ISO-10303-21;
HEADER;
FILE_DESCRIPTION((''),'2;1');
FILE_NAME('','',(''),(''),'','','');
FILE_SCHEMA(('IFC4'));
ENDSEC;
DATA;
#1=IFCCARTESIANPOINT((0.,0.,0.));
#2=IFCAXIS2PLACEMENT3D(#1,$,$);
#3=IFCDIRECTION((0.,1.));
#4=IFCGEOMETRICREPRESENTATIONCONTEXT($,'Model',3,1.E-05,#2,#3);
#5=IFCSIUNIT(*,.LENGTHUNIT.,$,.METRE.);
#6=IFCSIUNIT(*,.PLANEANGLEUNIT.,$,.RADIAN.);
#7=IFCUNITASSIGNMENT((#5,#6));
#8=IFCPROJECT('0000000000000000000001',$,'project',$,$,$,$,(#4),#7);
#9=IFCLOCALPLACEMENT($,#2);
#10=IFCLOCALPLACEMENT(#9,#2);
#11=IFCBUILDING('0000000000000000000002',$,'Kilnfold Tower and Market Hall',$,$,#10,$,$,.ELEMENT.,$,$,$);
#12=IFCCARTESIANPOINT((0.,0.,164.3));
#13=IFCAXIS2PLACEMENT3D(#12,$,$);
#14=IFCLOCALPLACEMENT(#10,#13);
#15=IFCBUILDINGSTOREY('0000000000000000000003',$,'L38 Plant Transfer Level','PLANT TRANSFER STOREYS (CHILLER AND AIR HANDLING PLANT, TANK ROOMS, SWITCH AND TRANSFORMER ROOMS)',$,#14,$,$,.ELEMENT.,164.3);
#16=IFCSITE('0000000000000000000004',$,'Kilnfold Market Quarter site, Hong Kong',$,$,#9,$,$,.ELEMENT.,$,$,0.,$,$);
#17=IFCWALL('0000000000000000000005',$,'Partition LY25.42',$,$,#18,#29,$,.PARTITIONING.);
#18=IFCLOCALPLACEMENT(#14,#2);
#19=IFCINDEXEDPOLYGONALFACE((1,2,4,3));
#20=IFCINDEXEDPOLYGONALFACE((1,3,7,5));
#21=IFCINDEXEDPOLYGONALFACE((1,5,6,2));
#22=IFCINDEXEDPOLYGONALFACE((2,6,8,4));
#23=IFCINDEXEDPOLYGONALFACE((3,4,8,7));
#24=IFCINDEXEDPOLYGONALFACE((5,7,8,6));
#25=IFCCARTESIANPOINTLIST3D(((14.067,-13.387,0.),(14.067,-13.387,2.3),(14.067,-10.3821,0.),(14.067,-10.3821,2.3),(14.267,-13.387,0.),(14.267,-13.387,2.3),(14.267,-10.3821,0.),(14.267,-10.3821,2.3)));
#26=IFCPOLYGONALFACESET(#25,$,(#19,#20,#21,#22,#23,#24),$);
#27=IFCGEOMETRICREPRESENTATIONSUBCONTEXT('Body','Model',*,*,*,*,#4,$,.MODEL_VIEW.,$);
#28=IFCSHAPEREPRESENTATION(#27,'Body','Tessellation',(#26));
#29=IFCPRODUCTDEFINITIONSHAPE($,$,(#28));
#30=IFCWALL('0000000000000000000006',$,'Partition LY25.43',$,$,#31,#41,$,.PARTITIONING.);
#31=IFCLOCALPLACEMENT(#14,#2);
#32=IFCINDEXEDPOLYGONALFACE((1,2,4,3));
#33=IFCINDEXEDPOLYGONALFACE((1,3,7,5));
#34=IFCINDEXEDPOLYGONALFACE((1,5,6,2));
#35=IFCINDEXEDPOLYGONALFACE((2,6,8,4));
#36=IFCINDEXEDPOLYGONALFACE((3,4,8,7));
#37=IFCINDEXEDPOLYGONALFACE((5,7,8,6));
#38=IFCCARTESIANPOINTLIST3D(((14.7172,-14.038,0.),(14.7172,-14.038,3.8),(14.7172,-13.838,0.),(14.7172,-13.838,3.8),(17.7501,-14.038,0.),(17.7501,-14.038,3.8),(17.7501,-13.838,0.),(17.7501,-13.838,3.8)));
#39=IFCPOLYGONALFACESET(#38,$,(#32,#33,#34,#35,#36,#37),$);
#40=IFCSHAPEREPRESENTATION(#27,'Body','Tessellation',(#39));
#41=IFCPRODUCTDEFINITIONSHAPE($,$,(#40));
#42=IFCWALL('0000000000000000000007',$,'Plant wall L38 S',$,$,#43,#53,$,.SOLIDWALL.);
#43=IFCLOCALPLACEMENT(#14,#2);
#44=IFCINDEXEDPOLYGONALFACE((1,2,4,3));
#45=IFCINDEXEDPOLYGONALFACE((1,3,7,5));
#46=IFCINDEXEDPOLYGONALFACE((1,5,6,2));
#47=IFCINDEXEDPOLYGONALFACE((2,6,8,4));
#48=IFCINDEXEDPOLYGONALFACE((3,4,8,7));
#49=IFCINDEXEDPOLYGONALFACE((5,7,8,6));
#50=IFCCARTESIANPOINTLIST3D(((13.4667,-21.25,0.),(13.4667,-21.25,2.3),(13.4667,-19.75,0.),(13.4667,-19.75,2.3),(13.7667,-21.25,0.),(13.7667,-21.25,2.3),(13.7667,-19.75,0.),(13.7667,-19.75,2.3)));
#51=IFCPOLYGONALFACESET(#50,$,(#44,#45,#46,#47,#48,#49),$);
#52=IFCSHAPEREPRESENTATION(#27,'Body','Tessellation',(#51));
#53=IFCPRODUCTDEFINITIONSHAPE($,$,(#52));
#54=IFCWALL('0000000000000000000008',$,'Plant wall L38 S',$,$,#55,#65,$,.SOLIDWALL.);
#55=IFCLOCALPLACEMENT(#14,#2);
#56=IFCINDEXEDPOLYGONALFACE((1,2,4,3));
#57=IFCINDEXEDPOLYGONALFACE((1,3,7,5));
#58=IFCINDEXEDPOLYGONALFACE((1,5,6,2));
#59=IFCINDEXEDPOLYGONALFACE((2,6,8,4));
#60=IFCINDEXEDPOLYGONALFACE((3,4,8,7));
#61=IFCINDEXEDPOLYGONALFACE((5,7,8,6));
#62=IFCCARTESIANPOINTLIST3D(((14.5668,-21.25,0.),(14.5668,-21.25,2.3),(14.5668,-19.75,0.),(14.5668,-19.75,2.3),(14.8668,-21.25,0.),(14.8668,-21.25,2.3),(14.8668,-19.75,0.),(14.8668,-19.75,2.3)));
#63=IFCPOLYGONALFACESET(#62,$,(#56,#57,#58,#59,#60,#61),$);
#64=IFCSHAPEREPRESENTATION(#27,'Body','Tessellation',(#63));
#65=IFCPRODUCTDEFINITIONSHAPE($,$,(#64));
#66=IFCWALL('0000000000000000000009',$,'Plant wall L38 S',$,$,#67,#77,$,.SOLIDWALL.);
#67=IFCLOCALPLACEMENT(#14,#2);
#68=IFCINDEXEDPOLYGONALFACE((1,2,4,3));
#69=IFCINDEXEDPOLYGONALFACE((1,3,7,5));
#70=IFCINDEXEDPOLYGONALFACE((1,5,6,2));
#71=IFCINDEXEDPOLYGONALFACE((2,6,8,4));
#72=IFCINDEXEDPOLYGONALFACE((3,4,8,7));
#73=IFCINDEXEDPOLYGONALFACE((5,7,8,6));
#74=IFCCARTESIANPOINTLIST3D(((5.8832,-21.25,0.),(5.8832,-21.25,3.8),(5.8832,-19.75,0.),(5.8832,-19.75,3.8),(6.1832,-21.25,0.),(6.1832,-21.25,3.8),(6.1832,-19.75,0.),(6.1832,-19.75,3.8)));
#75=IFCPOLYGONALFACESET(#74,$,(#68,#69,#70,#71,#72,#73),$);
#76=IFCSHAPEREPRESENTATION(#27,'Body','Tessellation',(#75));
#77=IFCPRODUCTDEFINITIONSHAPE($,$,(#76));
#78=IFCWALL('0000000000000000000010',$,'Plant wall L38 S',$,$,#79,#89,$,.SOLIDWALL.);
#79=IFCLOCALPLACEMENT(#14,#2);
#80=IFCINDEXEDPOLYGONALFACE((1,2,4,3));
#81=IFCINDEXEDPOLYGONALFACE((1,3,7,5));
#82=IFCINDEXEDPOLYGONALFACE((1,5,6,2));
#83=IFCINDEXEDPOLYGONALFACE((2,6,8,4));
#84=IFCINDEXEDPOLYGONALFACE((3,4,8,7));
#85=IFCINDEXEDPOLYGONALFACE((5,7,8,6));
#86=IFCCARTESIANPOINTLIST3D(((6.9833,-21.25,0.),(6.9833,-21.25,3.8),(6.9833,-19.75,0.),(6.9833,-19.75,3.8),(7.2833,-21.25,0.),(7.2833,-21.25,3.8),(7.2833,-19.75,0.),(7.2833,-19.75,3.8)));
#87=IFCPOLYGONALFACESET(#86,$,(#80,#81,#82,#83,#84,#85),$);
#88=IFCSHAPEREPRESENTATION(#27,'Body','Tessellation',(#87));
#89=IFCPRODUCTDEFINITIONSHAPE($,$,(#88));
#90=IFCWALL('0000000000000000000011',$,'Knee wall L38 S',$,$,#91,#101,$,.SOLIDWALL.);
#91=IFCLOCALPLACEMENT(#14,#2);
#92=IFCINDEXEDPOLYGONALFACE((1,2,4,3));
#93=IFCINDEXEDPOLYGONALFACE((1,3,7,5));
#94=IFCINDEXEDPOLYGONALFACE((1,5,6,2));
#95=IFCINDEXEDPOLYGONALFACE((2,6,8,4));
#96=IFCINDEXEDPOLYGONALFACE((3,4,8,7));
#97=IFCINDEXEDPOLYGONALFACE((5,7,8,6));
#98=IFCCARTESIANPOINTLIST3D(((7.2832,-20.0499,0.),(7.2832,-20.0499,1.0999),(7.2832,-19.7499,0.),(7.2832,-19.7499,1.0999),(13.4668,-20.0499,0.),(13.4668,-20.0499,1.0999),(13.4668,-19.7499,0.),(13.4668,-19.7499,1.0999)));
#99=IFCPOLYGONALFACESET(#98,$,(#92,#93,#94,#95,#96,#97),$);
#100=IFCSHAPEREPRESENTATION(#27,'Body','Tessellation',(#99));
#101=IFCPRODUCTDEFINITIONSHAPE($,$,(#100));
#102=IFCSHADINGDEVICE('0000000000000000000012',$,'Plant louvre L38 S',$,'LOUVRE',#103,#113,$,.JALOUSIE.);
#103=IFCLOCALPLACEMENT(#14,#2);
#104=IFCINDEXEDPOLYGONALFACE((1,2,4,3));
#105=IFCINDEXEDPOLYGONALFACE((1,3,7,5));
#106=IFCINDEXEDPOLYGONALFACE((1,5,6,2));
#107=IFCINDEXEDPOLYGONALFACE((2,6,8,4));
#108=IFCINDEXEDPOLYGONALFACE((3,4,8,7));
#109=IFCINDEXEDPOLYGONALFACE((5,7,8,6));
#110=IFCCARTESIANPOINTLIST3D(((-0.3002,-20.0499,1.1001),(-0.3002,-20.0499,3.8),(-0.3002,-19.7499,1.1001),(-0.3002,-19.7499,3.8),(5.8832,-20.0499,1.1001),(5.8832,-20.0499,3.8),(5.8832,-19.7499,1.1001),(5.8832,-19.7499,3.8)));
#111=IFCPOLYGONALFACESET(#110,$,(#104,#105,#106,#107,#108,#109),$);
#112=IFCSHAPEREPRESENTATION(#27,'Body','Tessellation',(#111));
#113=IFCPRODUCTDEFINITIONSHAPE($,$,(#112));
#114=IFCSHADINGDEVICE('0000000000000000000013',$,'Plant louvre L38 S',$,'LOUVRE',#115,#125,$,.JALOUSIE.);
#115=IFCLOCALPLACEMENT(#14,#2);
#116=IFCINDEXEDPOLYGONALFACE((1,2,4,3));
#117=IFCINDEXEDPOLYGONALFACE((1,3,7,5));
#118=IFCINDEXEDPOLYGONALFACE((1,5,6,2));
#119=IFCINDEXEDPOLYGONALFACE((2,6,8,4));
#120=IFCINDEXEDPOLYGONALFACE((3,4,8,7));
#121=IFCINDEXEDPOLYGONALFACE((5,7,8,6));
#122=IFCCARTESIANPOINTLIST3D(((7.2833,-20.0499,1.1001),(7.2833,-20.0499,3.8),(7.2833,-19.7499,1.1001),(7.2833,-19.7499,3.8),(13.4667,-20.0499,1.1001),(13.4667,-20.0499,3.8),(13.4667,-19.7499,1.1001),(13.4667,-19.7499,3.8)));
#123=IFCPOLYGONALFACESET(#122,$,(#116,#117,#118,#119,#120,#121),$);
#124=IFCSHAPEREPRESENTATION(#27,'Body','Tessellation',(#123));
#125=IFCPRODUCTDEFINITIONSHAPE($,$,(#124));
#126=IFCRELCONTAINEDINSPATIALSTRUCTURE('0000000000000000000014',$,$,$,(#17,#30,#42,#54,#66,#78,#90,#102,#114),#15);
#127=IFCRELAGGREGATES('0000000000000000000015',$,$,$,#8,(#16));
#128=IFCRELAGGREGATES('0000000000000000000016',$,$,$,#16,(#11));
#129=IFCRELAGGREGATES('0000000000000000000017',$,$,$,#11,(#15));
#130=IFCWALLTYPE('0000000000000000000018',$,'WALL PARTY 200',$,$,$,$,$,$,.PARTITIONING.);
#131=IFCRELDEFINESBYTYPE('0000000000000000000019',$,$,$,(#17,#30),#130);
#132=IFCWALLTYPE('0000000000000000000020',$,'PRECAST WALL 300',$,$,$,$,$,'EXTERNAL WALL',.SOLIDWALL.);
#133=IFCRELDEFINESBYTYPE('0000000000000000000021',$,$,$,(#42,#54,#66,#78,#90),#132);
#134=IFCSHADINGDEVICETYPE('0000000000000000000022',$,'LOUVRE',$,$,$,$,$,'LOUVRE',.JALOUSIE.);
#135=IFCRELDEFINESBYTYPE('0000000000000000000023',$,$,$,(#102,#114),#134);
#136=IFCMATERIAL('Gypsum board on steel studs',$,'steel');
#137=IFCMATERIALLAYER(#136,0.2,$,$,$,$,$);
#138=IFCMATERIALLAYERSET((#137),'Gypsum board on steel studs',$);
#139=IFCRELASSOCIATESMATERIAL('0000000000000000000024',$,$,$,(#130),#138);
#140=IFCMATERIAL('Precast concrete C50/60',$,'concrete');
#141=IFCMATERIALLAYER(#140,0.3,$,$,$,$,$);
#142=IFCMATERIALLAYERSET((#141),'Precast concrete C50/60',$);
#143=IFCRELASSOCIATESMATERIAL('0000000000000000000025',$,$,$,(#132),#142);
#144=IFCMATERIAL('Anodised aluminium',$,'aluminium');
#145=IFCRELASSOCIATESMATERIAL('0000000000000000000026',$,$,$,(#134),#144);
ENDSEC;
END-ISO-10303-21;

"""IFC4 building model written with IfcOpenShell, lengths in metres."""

from ifc_helpers import new_model, si_unit, direction, frame, frame_2d, origin, origin_2d, place, context, subcontext, project, spatial, rectangle, extrude, source, transform, mapped, material, layer, layer_set, type_object, element, save


model = new_model("IFC4")

# Units and contexts
model_context = context("Model", 3, precision=1e-05, world=origin(), true_north=direction((0.0, 1.0)))
body_context = subcontext(model_context, "Body", "Model", "MODEL_VIEW")
ifc_project = project(units=[si_unit("LENGTHUNIT", "METRE"), si_unit("PLANEANGLEUNIT", "RADIAN")], contexts=[model_context])

# Site, building, storey
site_placement = place(None, origin())
site = spatial("IfcSite", under=ifc_project, at=site_placement, Name="Kilnfold Market Quarter site, Hong Kong", CompositionType="ELEMENT", RefElevation=0.0)
building_placement = place(site_placement, origin())
building = spatial("IfcBuilding", under=site, at=building_placement, Name="Kilnfold Tower and Market Hall", CompositionType="ELEMENT")
storey_placement = place(building_placement, frame((0.0, 0.0, 164.3)))
storey = spatial("IfcBuildingStorey", under=building, at=storey_placement, Name="L38 Plant Transfer Level", Description="PLANT TRANSFER STOREYS (CHILLER AND AIR HANDLING PLANT, TANK ROOMS, SWITCH AND TRANSFORMER ROOMS)", CompositionType="ELEMENT", Elevation=164.3)

# Walls
ifc_material_1 = material(Name="Gypsum board on steel studs", Category="steel")
ifc_layer_1 = layer(ifc_material_1, 0.2)
ifc_layer_set_1 = layer_set([ifc_layer_1], Name="Gypsum board on steel studs")
wall_type_1 = type_object("IfcWallType", Name="WALL PARTY 200", PredefinedType="PARTITIONING", material=ifc_layer_set_1)
wall_1_placement = place(storey_placement, frame((14.167, -13.387, 0.0), z_axis=(0.0, 0.0, 1.0), x_axis=(0.0, 1.0, 0.0)))
element("IfcWall", 1, at=wall_1_placement, inside=storey, type_object=wall_type_1, Name="Partition LY25.42", PredefinedType="PARTITIONING", context=body_context, shape_type="SweptSolid", body=[
    extrude(rectangle(XDim=3.0049, YDim=0.2, at=frame_2d((1.5024, 0.0))), origin(), (0.0, 0.0, 1.0), 2.3),
])
wall_2_placement = place(storey_placement, frame((14.717, -13.938, 0.0), z_axis=(0.0, 0.0, 1.0), x_axis=(1.0, 0.0, 0.0)))
element("IfcWall", 2, at=wall_2_placement, inside=storey, type_object=wall_type_1, Name="Partition LY25.43", PredefinedType="PARTITIONING", context=body_context, shape_type="SweptSolid", body=[
    extrude(rectangle(XDim=3.033, YDim=0.2, at=frame_2d((1.5166, 0.0))), origin(), (0.0, 0.0, 1.0), 3.8),
])
ifc_material_2 = material(Name="Precast concrete C50/60", Category="concrete")
ifc_layer_2 = layer(ifc_material_2, 0.3)
ifc_layer_set_2 = layer_set([ifc_layer_2], Name="Precast concrete C50/60")
wall_type_2 = type_object("IfcWallType", Name="PRECAST WALL 300", ElementType="EXTERNAL WALL", PredefinedType="SOLIDWALL", material=ifc_layer_set_2)
shared_shape_1 = source(origin(), body_context, "Body", "SweptSolid", [
    extrude(rectangle(XDim=1.5, YDim=0.3, at=frame_2d((0.75, 0.0))), origin(), (0.0, 0.0, 1.0), 2.3),
])
for number, where, z_axis, x_axis, name in (
    (3, (13.6167, -21.25, 0.0), (0.0, 0.0, 1.0), (0.0, 1.0, 0.0), "Plant wall L38 S"),
    (4, (14.7168, -21.25, 0.0), (0.0, 0.0, 1.0), (0.0, 1.0, 0.0), "Plant wall L38 S"),
):
    element("IfcWall", number, at=place(storey_placement, frame(where, z_axis=z_axis, x_axis=x_axis)), inside=storey, type_object=wall_type_2, Name=name, PredefinedType="SOLIDWALL", context=body_context, shape_type="MappedRepresentation", body=[
        mapped(shared_shape_1, transform((0.0, 0.0, 0.0))),
    ])
shared_shape_2 = source(origin(), body_context, "Body", "SweptSolid", [
    extrude(rectangle(XDim=1.5, YDim=0.3, at=frame_2d((0.75, 0.0))), origin(), (0.0, 0.0, 1.0), 3.8),
])
for number, where, z_axis, x_axis, name in (
    (5, (6.0332, -21.25, 0.0), (0.0, 0.0, 1.0), (0.0, 1.0, 0.0), "Plant wall L38 S"),
    (6, (7.1333, -21.25, 0.0), (0.0, 0.0, 1.0), (0.0, 1.0, 0.0), "Plant wall L38 S"),
):
    element("IfcWall", number, at=place(storey_placement, frame(where, z_axis=z_axis, x_axis=x_axis)), inside=storey, type_object=wall_type_2, Name=name, PredefinedType="SOLIDWALL", context=body_context, shape_type="MappedRepresentation", body=[
        mapped(shared_shape_2, transform((0.0, 0.0, 0.0))),
    ])
shared_shape_3 = source(origin(), body_context, "Body", "SweptSolid", [
    extrude(rectangle(XDim=6.1836, YDim=0.3, at=frame_2d((3.0918, 0.0))), origin(), (0.0, 0.0, 1.0), 1.0999),
])
wall_3_placement = place(storey_placement, frame((7.2832, -19.8999, 0.0), z_axis=(0.0, 0.0, 1.0), x_axis=(1.0, 0.0, 0.0)))
element("IfcWall", 7, at=wall_3_placement, inside=storey, type_object=wall_type_2, Name="Knee wall L38 S", PredefinedType="SOLIDWALL", context=body_context, shape_type="MappedRepresentation", body=[
    mapped(shared_shape_3, transform((0.0, 0.0, 0.0))),
])

# Shading devices
ifc_material_3 = material(Name="Anodised aluminium", Category="aluminium")
shading_device_type = type_object("IfcShadingDeviceType", Name="LOUVRE", ElementType="LOUVRE", PredefinedType="JALOUSIE", material=ifc_material_3)
shared_shape_4 = source(origin(), body_context, "Body", "SweptSolid", [
    extrude(rectangle(XDim=6.1833, YDim=0.3, at=origin_2d()), origin(), (0.0, 0.0, 1.0), 2.7),
])
for number, where, z_axis, x_axis, name in (
    (8, (2.7915, -19.8999, 1.1001), (0.0, 0.0, 1.0), (1.0, 0.0, 0.0), "Plant louvre L38 S"),
    (9, (10.375, -19.8999, 1.1001), (0.0, 0.0, 1.0), (1.0, 0.0, 0.0), "Plant louvre L38 S"),
):
    element("IfcShadingDevice", number, at=place(storey_placement, frame(where, z_axis=z_axis, x_axis=x_axis)), inside=storey, type_object=shading_device_type, Name=name, ObjectType="LOUVRE", PredefinedType="JALOUSIE", context=body_context, shape_type="MappedRepresentation", body=[
        mapped(shared_shape_4, transform((0.0, 0.0, 0.0))),
    ])

save(model, "model.ifc")
